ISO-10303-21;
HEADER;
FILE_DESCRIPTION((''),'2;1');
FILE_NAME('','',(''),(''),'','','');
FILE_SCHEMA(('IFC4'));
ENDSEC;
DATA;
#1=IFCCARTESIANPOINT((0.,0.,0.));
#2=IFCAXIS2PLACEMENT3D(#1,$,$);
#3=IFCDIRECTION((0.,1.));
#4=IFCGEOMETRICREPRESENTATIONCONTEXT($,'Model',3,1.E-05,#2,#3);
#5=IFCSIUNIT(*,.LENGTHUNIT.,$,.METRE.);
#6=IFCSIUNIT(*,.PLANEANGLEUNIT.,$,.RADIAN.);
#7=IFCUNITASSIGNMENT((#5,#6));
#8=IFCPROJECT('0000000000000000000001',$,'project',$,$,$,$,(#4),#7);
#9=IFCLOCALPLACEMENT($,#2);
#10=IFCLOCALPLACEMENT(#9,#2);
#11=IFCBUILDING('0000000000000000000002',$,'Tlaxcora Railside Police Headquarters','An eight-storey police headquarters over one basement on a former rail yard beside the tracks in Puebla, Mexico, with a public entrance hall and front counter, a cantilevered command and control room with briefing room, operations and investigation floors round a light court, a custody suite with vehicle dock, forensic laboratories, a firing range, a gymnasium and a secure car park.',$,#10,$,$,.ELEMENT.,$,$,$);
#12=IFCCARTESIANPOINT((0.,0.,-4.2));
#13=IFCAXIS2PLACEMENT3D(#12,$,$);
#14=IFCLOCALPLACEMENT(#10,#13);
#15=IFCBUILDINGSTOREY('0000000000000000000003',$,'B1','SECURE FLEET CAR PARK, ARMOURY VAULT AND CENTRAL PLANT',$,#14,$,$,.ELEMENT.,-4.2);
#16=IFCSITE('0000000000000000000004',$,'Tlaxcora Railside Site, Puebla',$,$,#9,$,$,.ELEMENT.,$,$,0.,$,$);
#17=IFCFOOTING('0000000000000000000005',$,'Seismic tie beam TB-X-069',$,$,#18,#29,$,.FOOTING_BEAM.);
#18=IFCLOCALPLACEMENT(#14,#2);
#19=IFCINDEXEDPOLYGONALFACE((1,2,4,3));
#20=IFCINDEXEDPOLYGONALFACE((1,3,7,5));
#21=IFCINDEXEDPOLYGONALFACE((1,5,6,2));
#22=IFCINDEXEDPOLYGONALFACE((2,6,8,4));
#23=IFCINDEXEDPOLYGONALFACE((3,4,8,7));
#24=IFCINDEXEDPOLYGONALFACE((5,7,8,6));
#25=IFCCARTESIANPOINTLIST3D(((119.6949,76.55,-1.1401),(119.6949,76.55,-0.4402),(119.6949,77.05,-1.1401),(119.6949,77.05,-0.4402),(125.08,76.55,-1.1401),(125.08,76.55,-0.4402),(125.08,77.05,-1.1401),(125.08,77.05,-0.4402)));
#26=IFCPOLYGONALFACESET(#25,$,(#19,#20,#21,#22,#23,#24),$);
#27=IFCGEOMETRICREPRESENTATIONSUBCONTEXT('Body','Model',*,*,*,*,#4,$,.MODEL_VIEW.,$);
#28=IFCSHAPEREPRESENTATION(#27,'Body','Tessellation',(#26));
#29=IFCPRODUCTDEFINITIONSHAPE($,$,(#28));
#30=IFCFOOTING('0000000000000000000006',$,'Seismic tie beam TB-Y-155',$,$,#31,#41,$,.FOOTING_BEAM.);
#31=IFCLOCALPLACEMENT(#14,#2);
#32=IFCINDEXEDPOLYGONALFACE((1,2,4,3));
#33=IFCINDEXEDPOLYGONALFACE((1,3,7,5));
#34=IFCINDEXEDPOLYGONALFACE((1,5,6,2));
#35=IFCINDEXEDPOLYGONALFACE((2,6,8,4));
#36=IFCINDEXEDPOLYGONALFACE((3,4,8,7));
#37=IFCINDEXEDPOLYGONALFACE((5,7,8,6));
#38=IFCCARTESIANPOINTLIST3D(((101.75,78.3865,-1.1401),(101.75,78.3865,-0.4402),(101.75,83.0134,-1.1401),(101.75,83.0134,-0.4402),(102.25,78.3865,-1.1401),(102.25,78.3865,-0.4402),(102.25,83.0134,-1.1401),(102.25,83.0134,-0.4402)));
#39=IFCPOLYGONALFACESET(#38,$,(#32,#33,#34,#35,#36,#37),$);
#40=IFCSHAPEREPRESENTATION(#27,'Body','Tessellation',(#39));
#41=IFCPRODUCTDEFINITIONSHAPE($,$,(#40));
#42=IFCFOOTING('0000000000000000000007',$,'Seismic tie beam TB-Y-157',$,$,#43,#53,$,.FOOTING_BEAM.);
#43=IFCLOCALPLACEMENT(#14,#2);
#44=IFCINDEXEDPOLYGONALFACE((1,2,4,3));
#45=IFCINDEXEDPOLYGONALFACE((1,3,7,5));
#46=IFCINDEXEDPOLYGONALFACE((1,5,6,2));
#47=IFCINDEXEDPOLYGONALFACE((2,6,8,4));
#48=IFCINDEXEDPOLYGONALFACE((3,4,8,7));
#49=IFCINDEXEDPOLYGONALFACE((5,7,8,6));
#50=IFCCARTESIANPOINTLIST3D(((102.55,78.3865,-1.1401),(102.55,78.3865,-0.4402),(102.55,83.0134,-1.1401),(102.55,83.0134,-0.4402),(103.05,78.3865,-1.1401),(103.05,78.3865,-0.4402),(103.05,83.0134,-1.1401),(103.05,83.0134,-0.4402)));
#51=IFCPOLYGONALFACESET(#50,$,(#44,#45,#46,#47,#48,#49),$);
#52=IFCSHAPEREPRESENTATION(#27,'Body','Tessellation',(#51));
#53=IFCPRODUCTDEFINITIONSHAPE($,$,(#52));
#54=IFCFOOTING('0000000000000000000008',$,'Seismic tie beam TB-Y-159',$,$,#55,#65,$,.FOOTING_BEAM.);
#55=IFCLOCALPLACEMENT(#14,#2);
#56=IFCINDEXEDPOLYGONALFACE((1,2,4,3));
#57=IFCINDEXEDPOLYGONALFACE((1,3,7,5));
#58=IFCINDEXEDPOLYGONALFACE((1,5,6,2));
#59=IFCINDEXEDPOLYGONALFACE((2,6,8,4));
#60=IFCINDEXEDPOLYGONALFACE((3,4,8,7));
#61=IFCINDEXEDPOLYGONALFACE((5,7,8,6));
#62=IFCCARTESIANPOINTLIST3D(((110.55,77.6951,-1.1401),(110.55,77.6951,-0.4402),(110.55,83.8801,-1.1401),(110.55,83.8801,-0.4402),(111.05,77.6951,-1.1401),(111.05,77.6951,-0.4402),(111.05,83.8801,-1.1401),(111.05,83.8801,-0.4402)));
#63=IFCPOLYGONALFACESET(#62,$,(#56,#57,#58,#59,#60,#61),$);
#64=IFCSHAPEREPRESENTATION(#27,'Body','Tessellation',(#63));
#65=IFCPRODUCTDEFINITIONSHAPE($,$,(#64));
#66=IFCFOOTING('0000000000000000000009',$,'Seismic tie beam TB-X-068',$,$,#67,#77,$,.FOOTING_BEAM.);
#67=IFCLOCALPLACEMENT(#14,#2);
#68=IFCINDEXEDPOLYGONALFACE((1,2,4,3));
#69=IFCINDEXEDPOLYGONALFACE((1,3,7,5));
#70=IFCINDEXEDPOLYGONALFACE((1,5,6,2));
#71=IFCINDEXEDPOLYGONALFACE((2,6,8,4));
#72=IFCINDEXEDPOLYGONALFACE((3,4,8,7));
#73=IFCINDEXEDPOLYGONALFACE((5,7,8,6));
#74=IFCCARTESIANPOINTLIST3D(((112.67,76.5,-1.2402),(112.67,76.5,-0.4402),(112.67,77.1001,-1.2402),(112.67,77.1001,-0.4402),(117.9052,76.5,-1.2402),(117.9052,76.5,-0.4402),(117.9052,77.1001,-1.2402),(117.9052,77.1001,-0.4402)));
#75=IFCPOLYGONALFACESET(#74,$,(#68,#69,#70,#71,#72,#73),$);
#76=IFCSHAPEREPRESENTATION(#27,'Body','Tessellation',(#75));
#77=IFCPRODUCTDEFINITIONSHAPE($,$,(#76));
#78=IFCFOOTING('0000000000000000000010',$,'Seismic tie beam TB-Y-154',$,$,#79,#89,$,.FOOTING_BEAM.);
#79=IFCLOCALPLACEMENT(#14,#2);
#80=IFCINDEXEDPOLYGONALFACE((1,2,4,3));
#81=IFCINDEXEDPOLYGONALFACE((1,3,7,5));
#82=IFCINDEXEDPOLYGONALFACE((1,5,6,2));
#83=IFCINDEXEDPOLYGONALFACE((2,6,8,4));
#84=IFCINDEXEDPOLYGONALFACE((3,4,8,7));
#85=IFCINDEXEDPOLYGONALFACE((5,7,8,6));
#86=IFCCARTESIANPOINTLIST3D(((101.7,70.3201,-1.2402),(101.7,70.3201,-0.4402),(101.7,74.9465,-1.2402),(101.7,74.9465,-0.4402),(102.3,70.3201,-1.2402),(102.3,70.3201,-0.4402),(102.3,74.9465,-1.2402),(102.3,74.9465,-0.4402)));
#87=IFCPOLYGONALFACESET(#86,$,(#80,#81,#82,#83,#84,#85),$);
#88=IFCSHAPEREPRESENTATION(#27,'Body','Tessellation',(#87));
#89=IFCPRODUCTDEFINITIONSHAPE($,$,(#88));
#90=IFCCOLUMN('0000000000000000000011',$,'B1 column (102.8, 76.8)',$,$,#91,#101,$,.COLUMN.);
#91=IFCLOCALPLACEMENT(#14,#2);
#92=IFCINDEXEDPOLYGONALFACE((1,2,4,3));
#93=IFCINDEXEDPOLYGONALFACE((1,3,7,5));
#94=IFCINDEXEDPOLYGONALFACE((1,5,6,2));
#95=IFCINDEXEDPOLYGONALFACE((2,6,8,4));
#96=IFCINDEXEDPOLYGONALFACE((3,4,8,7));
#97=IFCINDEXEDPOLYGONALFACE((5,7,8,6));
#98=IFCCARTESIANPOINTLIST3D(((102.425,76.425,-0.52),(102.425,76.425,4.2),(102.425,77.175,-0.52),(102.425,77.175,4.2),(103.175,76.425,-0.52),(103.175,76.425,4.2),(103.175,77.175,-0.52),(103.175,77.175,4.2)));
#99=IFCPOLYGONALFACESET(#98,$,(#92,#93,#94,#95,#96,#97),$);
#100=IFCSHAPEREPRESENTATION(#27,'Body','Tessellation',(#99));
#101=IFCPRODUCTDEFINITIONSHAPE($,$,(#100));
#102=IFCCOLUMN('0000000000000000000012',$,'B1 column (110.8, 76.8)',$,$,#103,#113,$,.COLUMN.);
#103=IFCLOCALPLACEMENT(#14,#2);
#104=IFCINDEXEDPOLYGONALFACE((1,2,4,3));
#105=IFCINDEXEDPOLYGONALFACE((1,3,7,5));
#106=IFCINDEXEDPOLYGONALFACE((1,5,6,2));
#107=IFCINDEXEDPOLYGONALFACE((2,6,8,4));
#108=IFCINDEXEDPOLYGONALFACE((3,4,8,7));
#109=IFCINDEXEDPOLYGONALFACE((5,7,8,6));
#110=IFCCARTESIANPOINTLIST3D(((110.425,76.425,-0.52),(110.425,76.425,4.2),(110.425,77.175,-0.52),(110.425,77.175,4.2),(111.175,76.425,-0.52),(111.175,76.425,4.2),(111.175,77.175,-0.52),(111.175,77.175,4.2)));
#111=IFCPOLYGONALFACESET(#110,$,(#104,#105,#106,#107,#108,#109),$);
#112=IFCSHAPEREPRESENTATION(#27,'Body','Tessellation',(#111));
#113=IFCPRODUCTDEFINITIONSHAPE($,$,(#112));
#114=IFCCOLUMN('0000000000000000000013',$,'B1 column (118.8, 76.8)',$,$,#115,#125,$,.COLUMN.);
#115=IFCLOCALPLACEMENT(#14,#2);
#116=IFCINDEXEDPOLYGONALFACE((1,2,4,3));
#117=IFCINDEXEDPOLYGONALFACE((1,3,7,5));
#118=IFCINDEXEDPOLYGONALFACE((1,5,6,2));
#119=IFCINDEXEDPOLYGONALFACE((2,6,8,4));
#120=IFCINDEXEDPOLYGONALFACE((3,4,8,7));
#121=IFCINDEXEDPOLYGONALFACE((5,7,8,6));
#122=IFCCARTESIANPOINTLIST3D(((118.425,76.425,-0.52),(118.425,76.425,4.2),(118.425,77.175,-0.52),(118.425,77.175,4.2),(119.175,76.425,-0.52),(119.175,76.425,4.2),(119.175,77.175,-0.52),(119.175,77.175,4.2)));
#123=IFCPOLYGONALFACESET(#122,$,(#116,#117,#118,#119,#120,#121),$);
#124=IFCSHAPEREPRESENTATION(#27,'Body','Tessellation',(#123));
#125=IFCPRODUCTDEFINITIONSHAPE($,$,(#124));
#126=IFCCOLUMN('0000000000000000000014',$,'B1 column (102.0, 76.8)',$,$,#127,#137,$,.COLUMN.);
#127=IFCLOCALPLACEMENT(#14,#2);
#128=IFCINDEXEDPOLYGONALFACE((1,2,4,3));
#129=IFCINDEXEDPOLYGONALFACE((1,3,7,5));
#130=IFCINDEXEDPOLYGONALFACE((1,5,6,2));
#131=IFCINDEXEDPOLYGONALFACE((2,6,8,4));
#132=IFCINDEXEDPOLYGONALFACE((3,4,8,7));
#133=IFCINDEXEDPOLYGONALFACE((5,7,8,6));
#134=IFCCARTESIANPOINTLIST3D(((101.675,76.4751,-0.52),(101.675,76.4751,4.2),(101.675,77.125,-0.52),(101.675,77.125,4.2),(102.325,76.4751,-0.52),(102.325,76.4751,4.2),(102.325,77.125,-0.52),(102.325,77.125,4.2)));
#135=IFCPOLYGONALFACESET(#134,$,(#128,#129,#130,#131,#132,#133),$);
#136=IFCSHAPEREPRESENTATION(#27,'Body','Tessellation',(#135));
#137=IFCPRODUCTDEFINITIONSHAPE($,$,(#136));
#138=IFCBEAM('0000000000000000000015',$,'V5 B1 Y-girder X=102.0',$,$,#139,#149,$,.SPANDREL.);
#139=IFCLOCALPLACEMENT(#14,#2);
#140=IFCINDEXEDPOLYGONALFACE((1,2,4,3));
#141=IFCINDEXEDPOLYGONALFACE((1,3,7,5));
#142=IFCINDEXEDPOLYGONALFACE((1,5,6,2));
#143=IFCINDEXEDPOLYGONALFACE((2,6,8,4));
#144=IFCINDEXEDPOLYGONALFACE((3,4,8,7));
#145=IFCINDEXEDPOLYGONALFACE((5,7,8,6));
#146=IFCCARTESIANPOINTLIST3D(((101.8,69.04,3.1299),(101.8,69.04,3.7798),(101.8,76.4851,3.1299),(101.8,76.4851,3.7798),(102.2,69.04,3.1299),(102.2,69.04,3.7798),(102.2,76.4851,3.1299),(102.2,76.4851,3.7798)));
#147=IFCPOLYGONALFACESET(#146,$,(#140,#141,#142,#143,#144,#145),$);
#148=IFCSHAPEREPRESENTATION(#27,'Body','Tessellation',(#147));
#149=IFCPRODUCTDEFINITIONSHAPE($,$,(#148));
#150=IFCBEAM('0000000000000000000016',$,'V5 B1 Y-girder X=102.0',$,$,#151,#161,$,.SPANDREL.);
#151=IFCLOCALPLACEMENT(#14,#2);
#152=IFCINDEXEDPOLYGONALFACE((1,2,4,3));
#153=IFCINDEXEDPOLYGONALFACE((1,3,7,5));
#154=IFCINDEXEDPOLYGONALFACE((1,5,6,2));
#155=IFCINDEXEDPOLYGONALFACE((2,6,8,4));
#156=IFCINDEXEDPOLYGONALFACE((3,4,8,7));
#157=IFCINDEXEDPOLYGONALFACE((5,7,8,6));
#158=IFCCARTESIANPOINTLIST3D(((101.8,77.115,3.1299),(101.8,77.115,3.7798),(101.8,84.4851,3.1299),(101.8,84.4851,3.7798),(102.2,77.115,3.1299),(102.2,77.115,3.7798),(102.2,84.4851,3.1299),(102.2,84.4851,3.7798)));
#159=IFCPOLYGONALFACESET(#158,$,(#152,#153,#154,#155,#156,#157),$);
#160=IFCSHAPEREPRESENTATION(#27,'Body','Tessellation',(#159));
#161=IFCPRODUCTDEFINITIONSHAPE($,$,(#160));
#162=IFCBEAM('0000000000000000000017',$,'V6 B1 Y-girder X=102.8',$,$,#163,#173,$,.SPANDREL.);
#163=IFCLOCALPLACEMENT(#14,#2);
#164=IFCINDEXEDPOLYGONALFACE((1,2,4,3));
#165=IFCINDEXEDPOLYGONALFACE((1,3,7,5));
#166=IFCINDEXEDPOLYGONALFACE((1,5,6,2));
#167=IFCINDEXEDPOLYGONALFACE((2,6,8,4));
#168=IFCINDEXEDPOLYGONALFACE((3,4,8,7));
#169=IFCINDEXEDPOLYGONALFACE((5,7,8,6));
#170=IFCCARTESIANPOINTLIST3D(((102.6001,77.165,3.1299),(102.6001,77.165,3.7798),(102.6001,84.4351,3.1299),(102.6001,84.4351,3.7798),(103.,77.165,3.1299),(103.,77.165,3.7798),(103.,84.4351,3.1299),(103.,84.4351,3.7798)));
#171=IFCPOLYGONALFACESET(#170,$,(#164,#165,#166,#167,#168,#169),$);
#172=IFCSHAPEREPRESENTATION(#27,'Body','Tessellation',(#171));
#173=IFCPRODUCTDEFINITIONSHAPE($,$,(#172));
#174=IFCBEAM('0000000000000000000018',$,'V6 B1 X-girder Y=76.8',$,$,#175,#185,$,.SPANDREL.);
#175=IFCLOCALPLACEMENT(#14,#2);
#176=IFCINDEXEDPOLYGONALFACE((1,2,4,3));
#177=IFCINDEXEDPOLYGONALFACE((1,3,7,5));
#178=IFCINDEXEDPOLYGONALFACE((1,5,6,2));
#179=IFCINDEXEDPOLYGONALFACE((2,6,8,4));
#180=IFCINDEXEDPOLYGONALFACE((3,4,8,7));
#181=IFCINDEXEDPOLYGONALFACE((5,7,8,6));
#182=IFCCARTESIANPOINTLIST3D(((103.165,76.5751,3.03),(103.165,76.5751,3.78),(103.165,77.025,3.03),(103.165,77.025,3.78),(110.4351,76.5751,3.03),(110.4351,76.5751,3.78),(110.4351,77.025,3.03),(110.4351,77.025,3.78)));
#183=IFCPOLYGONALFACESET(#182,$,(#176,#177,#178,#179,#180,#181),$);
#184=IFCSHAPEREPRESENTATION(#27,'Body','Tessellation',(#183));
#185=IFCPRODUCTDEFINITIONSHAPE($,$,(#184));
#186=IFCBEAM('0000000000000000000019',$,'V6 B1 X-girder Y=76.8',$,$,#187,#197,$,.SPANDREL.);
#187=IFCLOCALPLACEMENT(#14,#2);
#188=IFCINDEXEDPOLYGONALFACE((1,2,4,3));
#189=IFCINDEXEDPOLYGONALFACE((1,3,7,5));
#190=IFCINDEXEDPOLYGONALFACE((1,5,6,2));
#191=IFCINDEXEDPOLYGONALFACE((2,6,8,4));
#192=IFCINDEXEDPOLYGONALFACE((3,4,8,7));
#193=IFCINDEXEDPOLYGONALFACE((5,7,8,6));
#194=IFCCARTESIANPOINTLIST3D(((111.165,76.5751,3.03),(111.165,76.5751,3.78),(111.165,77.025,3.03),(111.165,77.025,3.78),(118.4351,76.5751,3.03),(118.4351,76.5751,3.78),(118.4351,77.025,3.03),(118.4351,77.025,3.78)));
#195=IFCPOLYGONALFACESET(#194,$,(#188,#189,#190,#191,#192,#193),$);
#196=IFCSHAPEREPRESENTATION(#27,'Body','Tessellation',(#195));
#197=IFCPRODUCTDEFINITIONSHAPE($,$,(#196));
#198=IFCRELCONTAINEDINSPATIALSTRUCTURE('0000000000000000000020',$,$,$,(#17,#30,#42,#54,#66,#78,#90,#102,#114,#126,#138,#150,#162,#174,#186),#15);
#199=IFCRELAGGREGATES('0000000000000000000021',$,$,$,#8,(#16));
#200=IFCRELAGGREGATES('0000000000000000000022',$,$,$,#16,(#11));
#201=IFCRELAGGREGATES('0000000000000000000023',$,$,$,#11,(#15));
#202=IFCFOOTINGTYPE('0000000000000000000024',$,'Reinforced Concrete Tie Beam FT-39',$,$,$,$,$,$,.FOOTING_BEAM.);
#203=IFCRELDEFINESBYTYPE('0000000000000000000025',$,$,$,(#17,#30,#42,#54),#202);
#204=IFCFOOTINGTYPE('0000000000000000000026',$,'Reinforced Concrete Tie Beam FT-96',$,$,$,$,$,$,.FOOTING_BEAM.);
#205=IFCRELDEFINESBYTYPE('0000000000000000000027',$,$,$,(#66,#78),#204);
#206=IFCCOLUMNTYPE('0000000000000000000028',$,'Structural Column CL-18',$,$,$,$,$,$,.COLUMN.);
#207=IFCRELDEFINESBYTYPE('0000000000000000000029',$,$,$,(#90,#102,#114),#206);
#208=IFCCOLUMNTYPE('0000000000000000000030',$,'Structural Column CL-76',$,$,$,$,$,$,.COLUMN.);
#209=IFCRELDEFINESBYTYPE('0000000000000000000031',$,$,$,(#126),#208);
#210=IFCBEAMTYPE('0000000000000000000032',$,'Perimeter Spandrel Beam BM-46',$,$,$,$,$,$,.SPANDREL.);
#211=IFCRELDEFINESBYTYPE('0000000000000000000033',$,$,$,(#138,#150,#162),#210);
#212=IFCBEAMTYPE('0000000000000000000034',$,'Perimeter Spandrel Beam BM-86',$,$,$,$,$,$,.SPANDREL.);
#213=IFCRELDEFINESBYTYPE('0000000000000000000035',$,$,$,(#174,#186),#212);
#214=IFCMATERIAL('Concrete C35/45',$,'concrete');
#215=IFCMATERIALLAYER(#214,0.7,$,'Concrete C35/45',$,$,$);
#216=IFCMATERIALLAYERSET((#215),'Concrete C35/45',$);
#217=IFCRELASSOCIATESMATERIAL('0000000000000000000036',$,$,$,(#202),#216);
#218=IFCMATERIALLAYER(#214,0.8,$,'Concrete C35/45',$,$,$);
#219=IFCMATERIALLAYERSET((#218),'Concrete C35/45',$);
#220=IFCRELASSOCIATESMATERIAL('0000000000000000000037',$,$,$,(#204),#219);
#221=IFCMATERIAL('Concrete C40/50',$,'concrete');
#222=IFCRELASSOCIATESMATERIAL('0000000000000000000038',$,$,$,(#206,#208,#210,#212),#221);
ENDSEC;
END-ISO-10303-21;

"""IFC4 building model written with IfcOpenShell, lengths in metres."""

from ifc_helpers import new_model, si_unit, direction, frame, origin, origin_2d, place, context, subcontext, project, spatial, rectangle, extrude, material, layer, layer_set, material_profile, profile_set, type_object, element, save


model = new_model("IFC4")

# Units and contexts
model_context = context("Model", 3, precision=1e-05, world=origin(), true_north=direction((0.0, 1.0)))
body_context = subcontext(model_context, "Body", "Model", "MODEL_VIEW")
ifc_project = project(units=[si_unit("LENGTHUNIT", "METRE"), si_unit("PLANEANGLEUNIT", "RADIAN")], contexts=[model_context])

# Site, building, storey
site_placement = place(None, origin())
site = spatial("IfcSite", under=ifc_project, at=site_placement, Name="Tlaxcora Railside Site, Puebla", CompositionType="ELEMENT", RefElevation=0.0)
building_placement = place(site_placement, origin())
building = spatial("IfcBuilding", under=site, at=building_placement, Name="Tlaxcora Railside Police Headquarters", Description="An eight-storey police headquarters over one basement on a former rail yard beside the tracks in Puebla, Mexico, with a public entrance hall and front counter, a cantilevered command and control room with briefing room, operations and investigation floors round a light court, a custody suite with vehicle dock, forensic laboratories, a firing range, a gymnasium and a secure car park.", CompositionType="ELEMENT")
storey_placement = place(building_placement, frame((0.0, 0.0, -4.2)))
storey = spatial("IfcBuildingStorey", under=building, at=storey_placement, Name="B1", Description="SECURE FLEET CAR PARK, ARMOURY VAULT AND CENTRAL PLANT", CompositionType="ELEMENT", Elevation=-4.2)

# Shared definitions
ifc_material_1 = material(Name="Concrete C35/45", Category="concrete")

# Footings
ifc_material_2 = material(Name="Concrete C40/50", Category="concrete")
ifc_layer_1 = layer(ifc_material_1, 0.7, Name="Concrete C35/45")
ifc_layer_set_1 = layer_set([ifc_layer_1], Name="Concrete C35/45")
footing_type_1 = type_object("IfcFootingType", Name="Reinforced Concrete Tie Beam FT-39", PredefinedType="FOOTING_BEAM", material=ifc_layer_set_1)
footing_1_placement = place(storey_placement, frame((122.3875, 76.8, -1.1401), z_axis=(0.0, 0.0, 1.0), x_axis=(1.0, 0.0, 0.0)))
element("IfcFooting", 1, at=footing_1_placement, inside=storey, type_object=footing_type_1, Name="Seismic tie beam TB-X-069", PredefinedType="FOOTING_BEAM", context=body_context, shape_type="SweptSolid", body=[
    extrude(rectangle(XDim=5.385, YDim=0.5, at=origin_2d()), origin(), (0.0, 0.0, 1.0), 0.7),
])
for number, where, z_axis, x_axis, name in (
    (2, (102.0, 80.7, -1.1401), (0.0, 0.0, 1.0), (0.0, 1.0, 0.0), "Seismic tie beam TB-Y-155"),
    (3, (102.8, 80.7, -1.1401), (0.0, 0.0, 1.0), (0.0, 1.0, 0.0), "Seismic tie beam TB-Y-157"),
):
    element("IfcFooting", number, at=place(storey_placement, frame(where, z_axis=z_axis, x_axis=x_axis)), inside=storey, type_object=footing_type_1, Name=name, PredefinedType="FOOTING_BEAM", context=body_context, shape_type="SweptSolid", body=[
        extrude(rectangle(XDim=4.627, YDim=0.5, at=origin_2d()), origin(), (0.0, 0.0, 1.0), 0.7),
    ])
footing_2_placement = place(storey_placement, frame((110.8, 80.7876, -1.1401), z_axis=(0.0, 0.0, 1.0), x_axis=(0.0, 1.0, 0.0)))
element("IfcFooting", 4, at=footing_2_placement, inside=storey, type_object=footing_type_1, Name="Seismic tie beam TB-Y-159", PredefinedType="FOOTING_BEAM", context=body_context, shape_type="SweptSolid", body=[
    extrude(rectangle(XDim=6.1851, YDim=0.5, at=origin_2d()), origin(), (0.0, 0.0, 1.0), 0.7),
])
ifc_layer_2 = layer(ifc_material_1, 0.8, Name="Concrete C35/45")
ifc_layer_set_2 = layer_set([ifc_layer_2], Name="Concrete C35/45")
footing_type_2 = type_object("IfcFootingType", Name="Reinforced Concrete Tie Beam FT-96", PredefinedType="FOOTING_BEAM", material=ifc_layer_set_2)
footing_3_placement = place(storey_placement, frame((115.2876, 76.8, -1.2402), z_axis=(0.0, 0.0, 1.0), x_axis=(1.0, 0.0, 0.0)))
element("IfcFooting", 5, at=footing_3_placement, inside=storey, type_object=footing_type_2, Name="Seismic tie beam TB-X-068", PredefinedType="FOOTING_BEAM", context=body_context, shape_type="SweptSolid", body=[
    extrude(rectangle(XDim=5.2351, YDim=0.6001, at=origin_2d()), origin(), (0.0, 0.0, 1.0), 0.8),
])
footing_4_placement = place(storey_placement, frame((102.0, 72.6333, -1.2402), z_axis=(0.0, 0.0, 1.0), x_axis=(0.0, 1.0, 0.0)))
element("IfcFooting", 6, at=footing_4_placement, inside=storey, type_object=footing_type_2, Name="Seismic tie beam TB-Y-154", PredefinedType="FOOTING_BEAM", context=body_context, shape_type="SweptSolid", body=[
    extrude(rectangle(XDim=4.6265, YDim=0.6001, at=origin_2d()), origin(), (0.0, 0.0, 1.0), 0.8),
])

# Columns
ifc_material_profile_1 = material_profile(ifc_material_2, rectangle(XDim=0.75, YDim=0.75, at=origin_2d()), Name="RC750X750")
ifc_profile_set_1 = profile_set([ifc_material_profile_1], Name="Concrete C40/50")
column_type_1 = type_object("IfcColumnType", Name="Structural Column CL-18", PredefinedType="COLUMN", material=ifc_profile_set_1)
for number, where, z_axis, x_axis, name in (
    (7, (102.8, 76.8, -0.52), (0.0, 0.0, 1.0), (1.0, 0.0, 0.0), "B1 column (102.8, 76.8)"),
    (8, (110.8, 76.8, -0.52), (0.0, 0.0, 1.0), (1.0, 0.0, 0.0), "B1 column (110.8, 76.8)"),
    (9, (118.8, 76.8, -0.52), (0.0, 0.0, 1.0), (1.0, 0.0, 0.0), "B1 column (118.8, 76.8)"),
):
    element("IfcColumn", number, at=place(storey_placement, frame(where, z_axis=z_axis, x_axis=x_axis)), inside=storey, type_object=column_type_1, Name=name, PredefinedType="COLUMN", context=body_context, shape_type="SweptSolid", body=[
        extrude(rectangle(XDim=0.75, YDim=0.75, at=origin_2d()), origin(), (0.0, 0.0, 1.0), 4.72),
    ])
ifc_material_profile_2 = material_profile(ifc_material_2, rectangle(XDim=0.6499, YDim=0.6499, at=origin_2d()), Name="RC650X650")
ifc_profile_set_2 = profile_set([ifc_material_profile_2], Name="Concrete C40/50")
column_type_2 = type_object("IfcColumnType", Name="Structural Column CL-76", PredefinedType="COLUMN", material=ifc_profile_set_2)
column_placement = place(storey_placement, frame((102.0, 76.8, -0.52), z_axis=(0.0, 0.0, 1.0), x_axis=(1.0, 0.0, 0.0)))
element("IfcColumn", 10, at=column_placement, inside=storey, type_object=column_type_2, Name="B1 column (102.0, 76.8)", PredefinedType="COLUMN", context=body_context, shape_type="SweptSolid", body=[
    extrude(rectangle(XDim=0.6499, YDim=0.6499, at=origin_2d()), origin(), (0.0, 0.0, 1.0), 4.72),
])

# Beams
ifc_material_profile_3 = material_profile(ifc_material_2, rectangle(XDim=0.3999, YDim=0.6499, at=origin_2d()), Name="RC400X650")
ifc_profile_set_3 = profile_set([ifc_material_profile_3], Name="Concrete C40/50")
beam_type_1 = type_object("IfcBeamType", Name="Perimeter Spandrel Beam BM-46", PredefinedType="SPANDREL", material=ifc_profile_set_3)
beam_1_placement = place(storey_placement, frame((102.0, 69.04, 3.4548), z_axis=(0.0, 1.0, 0.0), x_axis=(-1.0, 0.0, 0.0)))
element("IfcBeam", 11, at=beam_1_placement, inside=storey, type_object=beam_type_1, Name="V5 B1 Y-girder X=102.0", PredefinedType="SPANDREL", context=body_context, shape_type="SweptSolid", body=[
    extrude(rectangle(XDim=0.3999, YDim=0.6499, at=origin_2d()), origin(), (0.0, 0.0, 1.0), 7.4451),
])
beam_2_placement = place(storey_placement, frame((102.0, 77.115, 3.4548), z_axis=(0.0, 1.0, 0.0), x_axis=(-1.0, 0.0, 0.0)))
element("IfcBeam", 12, at=beam_2_placement, inside=storey, type_object=beam_type_1, Name="V5 B1 Y-girder X=102.0", PredefinedType="SPANDREL", context=body_context, shape_type="SweptSolid", body=[
    extrude(rectangle(XDim=0.3999, YDim=0.6499, at=origin_2d()), origin(), (0.0, 0.0, 1.0), 7.3701),
])
beam_3_placement = place(storey_placement, frame((102.8, 77.165, 3.4548), z_axis=(0.0, 1.0, 0.0), x_axis=(-1.0, 0.0, 0.0)))
element("IfcBeam", 13, at=beam_3_placement, inside=storey, type_object=beam_type_1, Name="V6 B1 Y-girder X=102.8", PredefinedType="SPANDREL", context=body_context, shape_type="SweptSolid", body=[
    extrude(rectangle(XDim=0.3999, YDim=0.6499, at=origin_2d()), origin(), (0.0, 0.0, 1.0), 7.27),
])
ifc_material_profile_4 = material_profile(ifc_material_2, rectangle(XDim=0.45, YDim=0.75, at=origin_2d()), Name="RC450X750")
ifc_profile_set_4 = profile_set([ifc_material_profile_4], Name="Concrete C40/50")
beam_type_2 = type_object("IfcBeamType", Name="Perimeter Spandrel Beam BM-86", PredefinedType="SPANDREL", material=ifc_profile_set_4)
for number, where, z_axis, x_axis, name in (
    (14, (103.165, 76.8, 3.405), (1.0, 0.0, 0.0), (0.0, 1.0, 0.0), "V6 B1 X-girder Y=76.8"),
    (15, (111.165, 76.8, 3.405), (1.0, 0.0, 0.0), (0.0, 1.0, 0.0), "V6 B1 X-girder Y=76.8"),
):
    element("IfcBeam", number, at=place(storey_placement, frame(where, z_axis=z_axis, x_axis=x_axis)), inside=storey, type_object=beam_type_2, Name=name, PredefinedType="SPANDREL", context=body_context, shape_type="SweptSolid", body=[
        extrude(rectangle(XDim=0.45, YDim=0.75, at=origin_2d()), origin(), (0.0, 0.0, 1.0), 7.27),
    ])

save(model, "model.ifc")
